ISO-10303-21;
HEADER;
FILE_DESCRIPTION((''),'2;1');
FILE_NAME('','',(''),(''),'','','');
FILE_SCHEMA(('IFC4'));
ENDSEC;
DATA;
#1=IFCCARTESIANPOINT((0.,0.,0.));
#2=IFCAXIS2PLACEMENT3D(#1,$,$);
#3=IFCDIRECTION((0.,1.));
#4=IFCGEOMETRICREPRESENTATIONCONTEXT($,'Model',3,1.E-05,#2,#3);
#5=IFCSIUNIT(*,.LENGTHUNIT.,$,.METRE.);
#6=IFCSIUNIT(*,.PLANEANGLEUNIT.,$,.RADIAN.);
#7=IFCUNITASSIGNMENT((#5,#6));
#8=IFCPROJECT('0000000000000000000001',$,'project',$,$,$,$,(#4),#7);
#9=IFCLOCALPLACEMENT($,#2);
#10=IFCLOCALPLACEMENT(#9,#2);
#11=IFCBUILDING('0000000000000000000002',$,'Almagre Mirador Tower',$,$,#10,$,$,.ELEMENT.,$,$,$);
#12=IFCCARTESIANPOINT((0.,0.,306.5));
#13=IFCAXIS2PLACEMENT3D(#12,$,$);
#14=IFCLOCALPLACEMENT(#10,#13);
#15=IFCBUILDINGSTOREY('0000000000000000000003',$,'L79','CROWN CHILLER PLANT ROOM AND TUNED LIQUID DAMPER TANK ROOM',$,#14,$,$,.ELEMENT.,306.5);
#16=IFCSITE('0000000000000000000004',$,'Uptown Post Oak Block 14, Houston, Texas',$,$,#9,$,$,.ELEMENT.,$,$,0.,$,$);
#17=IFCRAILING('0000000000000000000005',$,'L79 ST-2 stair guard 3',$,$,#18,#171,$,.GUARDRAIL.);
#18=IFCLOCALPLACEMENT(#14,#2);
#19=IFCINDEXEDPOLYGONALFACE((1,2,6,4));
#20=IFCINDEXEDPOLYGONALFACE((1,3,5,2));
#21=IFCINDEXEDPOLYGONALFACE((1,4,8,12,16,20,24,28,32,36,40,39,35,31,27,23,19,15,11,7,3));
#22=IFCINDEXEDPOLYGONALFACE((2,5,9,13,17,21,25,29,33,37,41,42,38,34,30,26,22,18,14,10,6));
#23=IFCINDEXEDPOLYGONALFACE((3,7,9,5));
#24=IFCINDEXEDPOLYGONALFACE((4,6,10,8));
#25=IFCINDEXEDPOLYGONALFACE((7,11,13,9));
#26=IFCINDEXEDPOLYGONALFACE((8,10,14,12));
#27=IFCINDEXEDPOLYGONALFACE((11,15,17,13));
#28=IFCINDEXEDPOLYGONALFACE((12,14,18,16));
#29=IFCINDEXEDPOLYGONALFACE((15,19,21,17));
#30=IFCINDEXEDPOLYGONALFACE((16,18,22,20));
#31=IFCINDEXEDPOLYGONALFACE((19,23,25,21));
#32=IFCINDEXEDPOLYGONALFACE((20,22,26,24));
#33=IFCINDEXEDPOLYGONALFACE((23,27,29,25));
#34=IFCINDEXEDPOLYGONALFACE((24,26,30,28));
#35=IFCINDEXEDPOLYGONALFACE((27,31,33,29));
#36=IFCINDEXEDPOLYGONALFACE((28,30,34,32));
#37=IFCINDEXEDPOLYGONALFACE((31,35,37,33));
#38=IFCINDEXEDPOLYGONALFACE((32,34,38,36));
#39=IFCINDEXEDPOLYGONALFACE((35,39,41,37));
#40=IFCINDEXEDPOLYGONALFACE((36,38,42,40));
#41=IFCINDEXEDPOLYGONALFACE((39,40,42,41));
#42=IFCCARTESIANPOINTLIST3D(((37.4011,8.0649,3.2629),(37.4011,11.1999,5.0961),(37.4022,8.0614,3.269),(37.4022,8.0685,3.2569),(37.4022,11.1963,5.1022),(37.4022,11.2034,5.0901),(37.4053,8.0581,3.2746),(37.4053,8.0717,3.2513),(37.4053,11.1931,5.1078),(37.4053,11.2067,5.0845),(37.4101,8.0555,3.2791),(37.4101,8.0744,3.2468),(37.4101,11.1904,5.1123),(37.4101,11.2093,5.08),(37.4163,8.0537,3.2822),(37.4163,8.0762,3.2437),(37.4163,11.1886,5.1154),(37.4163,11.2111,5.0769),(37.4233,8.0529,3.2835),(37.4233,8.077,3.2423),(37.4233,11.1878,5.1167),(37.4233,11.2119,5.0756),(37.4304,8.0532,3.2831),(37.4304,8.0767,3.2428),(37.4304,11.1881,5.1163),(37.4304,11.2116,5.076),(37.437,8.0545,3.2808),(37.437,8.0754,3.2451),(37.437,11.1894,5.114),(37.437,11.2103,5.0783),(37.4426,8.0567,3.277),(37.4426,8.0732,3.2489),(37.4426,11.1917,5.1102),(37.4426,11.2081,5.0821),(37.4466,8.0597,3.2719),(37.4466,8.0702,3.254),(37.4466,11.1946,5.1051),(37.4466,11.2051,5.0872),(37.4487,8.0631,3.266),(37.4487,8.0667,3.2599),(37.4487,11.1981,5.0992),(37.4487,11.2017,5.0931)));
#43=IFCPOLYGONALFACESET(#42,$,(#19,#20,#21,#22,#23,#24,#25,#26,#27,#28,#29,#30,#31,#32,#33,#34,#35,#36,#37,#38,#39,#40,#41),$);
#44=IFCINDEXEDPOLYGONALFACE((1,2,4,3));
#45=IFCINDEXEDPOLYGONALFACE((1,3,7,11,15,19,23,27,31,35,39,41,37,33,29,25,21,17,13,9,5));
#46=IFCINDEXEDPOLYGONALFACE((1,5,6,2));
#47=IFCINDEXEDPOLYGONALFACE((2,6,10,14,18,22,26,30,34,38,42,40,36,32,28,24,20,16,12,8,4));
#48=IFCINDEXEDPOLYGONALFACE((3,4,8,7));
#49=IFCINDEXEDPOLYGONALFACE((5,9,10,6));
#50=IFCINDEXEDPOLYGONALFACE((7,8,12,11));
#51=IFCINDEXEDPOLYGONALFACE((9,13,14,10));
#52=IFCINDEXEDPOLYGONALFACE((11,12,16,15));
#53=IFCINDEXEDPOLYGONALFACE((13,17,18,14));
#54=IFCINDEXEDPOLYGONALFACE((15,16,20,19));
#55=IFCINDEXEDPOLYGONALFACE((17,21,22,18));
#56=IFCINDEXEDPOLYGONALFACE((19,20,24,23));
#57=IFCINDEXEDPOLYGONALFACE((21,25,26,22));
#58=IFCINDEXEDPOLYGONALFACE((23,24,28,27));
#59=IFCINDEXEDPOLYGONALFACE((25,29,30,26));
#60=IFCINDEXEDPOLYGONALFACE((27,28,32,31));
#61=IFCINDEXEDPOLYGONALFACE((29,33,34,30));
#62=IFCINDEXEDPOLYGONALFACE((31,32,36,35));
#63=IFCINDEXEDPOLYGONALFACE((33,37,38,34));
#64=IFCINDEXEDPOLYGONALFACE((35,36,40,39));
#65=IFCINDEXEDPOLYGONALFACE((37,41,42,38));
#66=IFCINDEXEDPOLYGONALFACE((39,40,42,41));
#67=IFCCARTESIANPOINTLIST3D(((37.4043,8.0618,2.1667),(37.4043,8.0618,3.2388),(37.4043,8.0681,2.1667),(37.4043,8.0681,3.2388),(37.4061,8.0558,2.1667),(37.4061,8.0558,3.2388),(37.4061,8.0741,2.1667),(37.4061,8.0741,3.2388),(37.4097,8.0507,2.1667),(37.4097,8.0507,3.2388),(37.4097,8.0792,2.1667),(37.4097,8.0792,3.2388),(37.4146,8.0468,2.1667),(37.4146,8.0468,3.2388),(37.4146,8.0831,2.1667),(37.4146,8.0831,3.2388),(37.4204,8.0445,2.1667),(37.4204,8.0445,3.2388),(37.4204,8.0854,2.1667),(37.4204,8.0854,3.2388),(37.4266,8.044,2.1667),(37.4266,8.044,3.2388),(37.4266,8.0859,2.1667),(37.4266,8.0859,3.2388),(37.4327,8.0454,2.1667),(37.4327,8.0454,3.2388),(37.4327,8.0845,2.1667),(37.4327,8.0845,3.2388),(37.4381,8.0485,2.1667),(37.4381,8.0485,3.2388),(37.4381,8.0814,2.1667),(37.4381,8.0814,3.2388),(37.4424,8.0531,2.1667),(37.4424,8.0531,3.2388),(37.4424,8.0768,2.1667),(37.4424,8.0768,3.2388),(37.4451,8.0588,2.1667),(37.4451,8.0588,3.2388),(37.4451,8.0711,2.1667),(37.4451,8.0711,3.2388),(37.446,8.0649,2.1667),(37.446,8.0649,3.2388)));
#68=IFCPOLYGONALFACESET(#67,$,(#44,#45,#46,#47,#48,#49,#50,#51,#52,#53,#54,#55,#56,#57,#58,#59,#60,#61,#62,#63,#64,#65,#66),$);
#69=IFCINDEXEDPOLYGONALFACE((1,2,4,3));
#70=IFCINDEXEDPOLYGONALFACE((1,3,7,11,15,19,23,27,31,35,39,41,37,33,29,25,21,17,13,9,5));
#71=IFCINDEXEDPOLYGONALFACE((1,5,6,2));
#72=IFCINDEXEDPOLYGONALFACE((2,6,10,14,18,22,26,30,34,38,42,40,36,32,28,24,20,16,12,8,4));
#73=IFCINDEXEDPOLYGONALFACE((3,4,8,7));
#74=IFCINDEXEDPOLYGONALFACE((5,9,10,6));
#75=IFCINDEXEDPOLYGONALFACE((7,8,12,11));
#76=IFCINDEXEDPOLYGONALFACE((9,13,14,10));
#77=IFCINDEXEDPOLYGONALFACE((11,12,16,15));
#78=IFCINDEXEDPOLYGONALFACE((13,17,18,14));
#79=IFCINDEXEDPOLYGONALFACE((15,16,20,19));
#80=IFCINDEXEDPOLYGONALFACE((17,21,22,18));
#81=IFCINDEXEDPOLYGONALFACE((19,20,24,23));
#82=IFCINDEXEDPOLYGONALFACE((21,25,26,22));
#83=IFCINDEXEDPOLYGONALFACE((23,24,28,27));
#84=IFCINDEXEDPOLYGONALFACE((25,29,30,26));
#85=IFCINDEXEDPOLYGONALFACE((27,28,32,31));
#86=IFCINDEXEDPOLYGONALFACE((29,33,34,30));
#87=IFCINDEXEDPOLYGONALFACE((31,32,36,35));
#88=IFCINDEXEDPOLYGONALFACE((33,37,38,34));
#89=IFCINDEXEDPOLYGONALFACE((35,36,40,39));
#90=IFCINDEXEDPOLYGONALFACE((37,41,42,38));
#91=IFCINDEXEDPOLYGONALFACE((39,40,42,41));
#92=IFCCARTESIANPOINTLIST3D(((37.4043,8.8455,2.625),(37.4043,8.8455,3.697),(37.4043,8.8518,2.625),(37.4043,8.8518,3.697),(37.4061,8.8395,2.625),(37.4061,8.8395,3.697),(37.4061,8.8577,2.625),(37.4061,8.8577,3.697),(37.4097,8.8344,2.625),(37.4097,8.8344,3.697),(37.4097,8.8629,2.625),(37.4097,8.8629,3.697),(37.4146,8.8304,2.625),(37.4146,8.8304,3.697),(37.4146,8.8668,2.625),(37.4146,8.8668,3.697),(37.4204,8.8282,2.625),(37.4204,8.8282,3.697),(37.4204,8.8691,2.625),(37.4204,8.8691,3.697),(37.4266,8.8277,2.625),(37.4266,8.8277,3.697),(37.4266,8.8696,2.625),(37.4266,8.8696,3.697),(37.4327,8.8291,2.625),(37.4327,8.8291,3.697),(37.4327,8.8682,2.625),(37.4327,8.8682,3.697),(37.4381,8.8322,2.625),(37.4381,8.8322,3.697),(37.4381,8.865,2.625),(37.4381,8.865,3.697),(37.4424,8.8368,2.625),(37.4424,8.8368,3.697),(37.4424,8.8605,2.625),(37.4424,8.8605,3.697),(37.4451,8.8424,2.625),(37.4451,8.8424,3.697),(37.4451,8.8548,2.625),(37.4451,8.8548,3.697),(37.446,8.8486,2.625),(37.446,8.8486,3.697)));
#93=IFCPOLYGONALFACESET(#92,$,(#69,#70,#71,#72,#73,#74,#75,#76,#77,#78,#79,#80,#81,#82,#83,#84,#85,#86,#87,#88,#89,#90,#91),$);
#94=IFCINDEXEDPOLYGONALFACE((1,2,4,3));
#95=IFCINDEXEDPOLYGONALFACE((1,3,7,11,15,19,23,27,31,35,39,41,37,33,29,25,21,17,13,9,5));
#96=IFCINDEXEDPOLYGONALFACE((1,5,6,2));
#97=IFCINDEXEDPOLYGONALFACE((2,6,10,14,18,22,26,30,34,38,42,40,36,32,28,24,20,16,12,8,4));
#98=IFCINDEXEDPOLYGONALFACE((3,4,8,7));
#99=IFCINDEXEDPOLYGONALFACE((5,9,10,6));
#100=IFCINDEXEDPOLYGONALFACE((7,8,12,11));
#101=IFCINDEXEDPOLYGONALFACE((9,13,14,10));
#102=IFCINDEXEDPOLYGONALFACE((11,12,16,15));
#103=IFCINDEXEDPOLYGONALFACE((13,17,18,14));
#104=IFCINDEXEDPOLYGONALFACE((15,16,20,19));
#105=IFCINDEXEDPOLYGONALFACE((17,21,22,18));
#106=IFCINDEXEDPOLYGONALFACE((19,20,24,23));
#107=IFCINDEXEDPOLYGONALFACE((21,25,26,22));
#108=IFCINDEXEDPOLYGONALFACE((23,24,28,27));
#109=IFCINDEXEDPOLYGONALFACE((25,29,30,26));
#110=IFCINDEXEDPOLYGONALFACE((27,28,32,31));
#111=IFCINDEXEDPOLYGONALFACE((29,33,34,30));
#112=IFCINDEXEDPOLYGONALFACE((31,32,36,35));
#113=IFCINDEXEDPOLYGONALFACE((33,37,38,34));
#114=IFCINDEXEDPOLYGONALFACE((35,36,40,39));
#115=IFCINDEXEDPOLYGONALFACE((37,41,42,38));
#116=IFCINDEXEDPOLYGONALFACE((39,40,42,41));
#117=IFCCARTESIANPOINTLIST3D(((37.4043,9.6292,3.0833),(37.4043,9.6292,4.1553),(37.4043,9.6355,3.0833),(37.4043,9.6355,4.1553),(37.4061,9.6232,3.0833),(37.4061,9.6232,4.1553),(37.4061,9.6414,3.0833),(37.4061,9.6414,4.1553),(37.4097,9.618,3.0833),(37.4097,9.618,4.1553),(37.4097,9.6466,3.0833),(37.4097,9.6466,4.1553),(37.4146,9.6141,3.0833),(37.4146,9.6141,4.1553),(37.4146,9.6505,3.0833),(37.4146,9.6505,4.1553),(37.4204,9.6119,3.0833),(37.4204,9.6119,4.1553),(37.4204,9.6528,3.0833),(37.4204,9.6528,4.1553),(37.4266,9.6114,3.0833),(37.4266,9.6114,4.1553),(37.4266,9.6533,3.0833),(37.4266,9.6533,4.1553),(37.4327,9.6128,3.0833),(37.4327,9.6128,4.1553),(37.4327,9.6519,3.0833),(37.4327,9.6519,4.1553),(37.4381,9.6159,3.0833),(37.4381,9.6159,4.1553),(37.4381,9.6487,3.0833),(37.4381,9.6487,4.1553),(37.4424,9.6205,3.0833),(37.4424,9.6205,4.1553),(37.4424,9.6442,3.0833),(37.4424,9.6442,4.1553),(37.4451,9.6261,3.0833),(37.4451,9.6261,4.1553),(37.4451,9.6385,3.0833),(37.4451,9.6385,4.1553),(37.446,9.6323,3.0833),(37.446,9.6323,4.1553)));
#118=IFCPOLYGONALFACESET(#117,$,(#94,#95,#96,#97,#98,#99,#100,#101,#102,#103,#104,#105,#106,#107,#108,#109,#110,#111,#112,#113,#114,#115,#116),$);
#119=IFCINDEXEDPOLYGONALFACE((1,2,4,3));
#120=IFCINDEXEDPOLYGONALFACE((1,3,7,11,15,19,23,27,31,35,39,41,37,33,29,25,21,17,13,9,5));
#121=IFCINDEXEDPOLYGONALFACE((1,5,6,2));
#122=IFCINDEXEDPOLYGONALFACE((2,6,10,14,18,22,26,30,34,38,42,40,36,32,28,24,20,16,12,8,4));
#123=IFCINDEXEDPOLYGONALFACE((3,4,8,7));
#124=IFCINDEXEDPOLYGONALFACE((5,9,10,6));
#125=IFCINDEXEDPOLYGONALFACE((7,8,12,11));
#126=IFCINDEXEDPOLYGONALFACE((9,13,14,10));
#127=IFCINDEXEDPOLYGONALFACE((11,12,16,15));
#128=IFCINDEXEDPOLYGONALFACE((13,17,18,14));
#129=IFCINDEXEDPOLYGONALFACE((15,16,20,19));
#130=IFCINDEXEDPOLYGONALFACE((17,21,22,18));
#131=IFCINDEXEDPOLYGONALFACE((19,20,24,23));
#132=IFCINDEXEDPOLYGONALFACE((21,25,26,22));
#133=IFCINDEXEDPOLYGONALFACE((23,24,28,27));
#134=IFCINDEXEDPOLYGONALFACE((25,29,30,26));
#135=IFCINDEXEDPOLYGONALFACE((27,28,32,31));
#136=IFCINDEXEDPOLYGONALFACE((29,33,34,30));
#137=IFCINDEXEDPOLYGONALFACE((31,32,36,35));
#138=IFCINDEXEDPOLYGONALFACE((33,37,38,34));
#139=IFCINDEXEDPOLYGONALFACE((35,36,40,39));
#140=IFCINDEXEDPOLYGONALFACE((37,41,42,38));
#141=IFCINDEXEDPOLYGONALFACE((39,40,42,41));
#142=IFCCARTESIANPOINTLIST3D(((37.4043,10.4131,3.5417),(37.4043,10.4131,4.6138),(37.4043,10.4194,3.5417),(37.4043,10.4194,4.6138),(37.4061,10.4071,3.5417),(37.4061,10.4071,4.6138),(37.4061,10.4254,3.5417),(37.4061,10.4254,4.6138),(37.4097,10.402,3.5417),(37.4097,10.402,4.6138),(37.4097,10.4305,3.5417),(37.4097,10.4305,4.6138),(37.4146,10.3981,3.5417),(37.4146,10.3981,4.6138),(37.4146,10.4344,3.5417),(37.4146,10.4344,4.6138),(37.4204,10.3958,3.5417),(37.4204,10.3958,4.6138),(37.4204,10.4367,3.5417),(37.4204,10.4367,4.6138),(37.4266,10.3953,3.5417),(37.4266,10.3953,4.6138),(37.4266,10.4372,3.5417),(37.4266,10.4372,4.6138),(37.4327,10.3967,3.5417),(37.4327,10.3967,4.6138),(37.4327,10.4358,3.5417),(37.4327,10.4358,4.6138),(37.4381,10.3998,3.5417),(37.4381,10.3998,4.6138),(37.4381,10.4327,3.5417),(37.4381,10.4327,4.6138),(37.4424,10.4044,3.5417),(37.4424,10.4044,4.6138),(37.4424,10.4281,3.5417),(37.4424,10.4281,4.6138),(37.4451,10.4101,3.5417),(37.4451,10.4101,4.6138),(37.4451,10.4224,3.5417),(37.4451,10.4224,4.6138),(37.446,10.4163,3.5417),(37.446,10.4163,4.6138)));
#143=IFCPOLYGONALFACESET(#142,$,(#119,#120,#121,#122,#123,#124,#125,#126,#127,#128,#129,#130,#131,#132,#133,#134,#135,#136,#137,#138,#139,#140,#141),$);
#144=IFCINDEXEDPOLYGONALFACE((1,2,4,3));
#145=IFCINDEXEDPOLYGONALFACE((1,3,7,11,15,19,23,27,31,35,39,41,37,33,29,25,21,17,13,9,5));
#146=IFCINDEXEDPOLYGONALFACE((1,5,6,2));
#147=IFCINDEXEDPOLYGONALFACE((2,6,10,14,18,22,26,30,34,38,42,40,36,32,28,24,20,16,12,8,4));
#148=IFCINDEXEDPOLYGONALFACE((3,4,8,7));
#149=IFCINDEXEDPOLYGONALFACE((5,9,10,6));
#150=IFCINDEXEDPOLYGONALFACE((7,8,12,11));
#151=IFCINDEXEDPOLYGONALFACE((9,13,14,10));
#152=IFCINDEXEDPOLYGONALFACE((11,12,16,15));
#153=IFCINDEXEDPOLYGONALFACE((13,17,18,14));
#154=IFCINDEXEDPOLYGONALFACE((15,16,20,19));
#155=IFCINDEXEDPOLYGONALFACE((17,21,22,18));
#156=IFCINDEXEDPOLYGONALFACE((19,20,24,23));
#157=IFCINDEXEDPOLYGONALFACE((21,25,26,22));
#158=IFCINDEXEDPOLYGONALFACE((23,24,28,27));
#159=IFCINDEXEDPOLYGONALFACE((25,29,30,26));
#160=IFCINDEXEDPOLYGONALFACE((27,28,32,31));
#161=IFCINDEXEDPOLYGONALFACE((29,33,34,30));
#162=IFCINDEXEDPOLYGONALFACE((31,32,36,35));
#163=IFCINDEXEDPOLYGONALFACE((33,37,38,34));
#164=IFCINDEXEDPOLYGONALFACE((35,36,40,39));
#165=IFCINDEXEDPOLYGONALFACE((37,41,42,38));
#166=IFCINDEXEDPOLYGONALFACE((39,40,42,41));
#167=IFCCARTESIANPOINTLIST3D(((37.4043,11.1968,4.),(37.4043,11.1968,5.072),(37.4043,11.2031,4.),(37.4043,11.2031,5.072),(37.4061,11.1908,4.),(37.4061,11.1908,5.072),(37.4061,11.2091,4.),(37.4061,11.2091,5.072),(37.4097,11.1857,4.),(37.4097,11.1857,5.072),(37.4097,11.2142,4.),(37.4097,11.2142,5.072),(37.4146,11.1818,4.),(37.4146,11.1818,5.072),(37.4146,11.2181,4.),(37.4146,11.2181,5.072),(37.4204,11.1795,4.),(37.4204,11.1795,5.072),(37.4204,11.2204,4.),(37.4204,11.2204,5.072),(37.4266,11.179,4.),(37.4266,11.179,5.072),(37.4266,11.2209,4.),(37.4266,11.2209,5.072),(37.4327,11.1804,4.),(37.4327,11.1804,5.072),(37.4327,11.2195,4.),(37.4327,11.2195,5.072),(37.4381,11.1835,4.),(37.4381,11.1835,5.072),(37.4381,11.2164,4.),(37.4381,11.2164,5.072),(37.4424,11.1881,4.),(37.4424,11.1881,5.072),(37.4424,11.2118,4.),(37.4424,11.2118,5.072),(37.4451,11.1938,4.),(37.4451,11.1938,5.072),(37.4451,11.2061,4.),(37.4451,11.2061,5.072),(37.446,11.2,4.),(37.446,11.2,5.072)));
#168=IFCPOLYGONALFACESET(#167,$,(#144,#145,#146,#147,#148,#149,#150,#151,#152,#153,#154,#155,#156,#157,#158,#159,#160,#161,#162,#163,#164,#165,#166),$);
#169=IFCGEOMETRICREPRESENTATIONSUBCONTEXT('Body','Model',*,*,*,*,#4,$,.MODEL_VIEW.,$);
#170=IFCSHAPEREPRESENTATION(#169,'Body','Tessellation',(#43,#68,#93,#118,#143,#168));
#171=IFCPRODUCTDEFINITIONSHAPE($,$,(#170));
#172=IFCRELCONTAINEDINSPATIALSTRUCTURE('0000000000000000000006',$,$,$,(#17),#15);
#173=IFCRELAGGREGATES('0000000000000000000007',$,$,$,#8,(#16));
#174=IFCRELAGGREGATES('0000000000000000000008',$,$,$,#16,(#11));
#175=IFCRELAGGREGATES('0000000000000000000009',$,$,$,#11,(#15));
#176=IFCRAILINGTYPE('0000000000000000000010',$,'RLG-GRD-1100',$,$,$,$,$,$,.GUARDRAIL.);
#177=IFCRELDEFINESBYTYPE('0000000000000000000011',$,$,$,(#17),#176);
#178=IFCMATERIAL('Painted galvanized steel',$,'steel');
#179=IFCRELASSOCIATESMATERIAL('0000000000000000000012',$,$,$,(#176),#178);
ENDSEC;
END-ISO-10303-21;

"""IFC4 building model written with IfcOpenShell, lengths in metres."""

from ifc_helpers import new_model, si_unit, direction, frame, origin, origin_2d, place, context, subcontext, project, spatial, circle, extrude, material, type_object, element, save


model = new_model("IFC4")

# Units and contexts
model_context = context("Model", 3, precision=1e-05, world=origin(), true_north=direction((0.0, 1.0)))
body_context = subcontext(model_context, "Body", "Model", "MODEL_VIEW")
ifc_project = project(units=[si_unit("LENGTHUNIT", "METRE"), si_unit("PLANEANGLEUNIT", "RADIAN")], contexts=[model_context])

# Site, building, storey
site_placement = place(None, origin())
site = spatial("IfcSite", under=ifc_project, at=site_placement, Name="Uptown Post Oak Block 14, Houston, Texas", CompositionType="ELEMENT", RefElevation=0.0)
building_placement = place(site_placement, origin())
building = spatial("IfcBuilding", under=site, at=building_placement, Name="Almagre Mirador Tower", CompositionType="ELEMENT")
storey_placement = place(building_placement, frame((0.0, 0.0, 306.5)))
storey = spatial("IfcBuildingStorey", under=building, at=storey_placement, Name="L79", Description="CROWN CHILLER PLANT ROOM AND TUNED LIQUID DAMPER TANK ROOM", CompositionType="ELEMENT", Elevation=306.5)

# Railing
ifc_material_1 = material(Name="Painted galvanized steel", Category="steel")
railing_type_1 = type_object("IfcRailingType", Name="RLG-GRD-1100", PredefinedType="GUARDRAIL", material=ifc_material_1)
railing_1_placement = place(storey_placement, frame((37.425, 8.0649, 2.1667)))
element("IfcRailing", 1, at=railing_1_placement, inside=storey, type_object=railing_type_1, Name="L79 ST-2 stair guard 3", PredefinedType="GUARDRAIL", context=body_context, shape_type="SweptSolid", body=[
    extrude(circle(Radius=0.0239, at=origin_2d()), frame((0.0, 0.0, 1.0962), z_axis=(0.0, 0.86324, 0.504794), x_axis=(-1.0, 0.0, 0.0)), (0.0, 0.0, 1.0), 3.6316),
    extrude(circle(Radius=0.021, at=origin_2d()), origin(), (0.0, 0.0, 1.0), 1.072),
    extrude(circle(Radius=0.021, at=origin_2d()), frame((0.0, 0.7837, 0.4583)), (0.0, 0.0, 1.0), 1.072),
    extrude(circle(Radius=0.021, at=origin_2d()), frame((0.0, 1.5674, 0.9165)), (0.0, 0.0, 1.0), 1.072),
    extrude(circle(Radius=0.021, at=origin_2d()), frame((0.0, 2.3513, 1.375)), (0.0, 0.0, 1.0), 1.072),
    extrude(circle(Radius=0.021, at=origin_2d()), frame((0.0, 3.135, 1.8333)), (0.0, 0.0, 1.0), 1.072),
])

save(model, "model.ifc")
